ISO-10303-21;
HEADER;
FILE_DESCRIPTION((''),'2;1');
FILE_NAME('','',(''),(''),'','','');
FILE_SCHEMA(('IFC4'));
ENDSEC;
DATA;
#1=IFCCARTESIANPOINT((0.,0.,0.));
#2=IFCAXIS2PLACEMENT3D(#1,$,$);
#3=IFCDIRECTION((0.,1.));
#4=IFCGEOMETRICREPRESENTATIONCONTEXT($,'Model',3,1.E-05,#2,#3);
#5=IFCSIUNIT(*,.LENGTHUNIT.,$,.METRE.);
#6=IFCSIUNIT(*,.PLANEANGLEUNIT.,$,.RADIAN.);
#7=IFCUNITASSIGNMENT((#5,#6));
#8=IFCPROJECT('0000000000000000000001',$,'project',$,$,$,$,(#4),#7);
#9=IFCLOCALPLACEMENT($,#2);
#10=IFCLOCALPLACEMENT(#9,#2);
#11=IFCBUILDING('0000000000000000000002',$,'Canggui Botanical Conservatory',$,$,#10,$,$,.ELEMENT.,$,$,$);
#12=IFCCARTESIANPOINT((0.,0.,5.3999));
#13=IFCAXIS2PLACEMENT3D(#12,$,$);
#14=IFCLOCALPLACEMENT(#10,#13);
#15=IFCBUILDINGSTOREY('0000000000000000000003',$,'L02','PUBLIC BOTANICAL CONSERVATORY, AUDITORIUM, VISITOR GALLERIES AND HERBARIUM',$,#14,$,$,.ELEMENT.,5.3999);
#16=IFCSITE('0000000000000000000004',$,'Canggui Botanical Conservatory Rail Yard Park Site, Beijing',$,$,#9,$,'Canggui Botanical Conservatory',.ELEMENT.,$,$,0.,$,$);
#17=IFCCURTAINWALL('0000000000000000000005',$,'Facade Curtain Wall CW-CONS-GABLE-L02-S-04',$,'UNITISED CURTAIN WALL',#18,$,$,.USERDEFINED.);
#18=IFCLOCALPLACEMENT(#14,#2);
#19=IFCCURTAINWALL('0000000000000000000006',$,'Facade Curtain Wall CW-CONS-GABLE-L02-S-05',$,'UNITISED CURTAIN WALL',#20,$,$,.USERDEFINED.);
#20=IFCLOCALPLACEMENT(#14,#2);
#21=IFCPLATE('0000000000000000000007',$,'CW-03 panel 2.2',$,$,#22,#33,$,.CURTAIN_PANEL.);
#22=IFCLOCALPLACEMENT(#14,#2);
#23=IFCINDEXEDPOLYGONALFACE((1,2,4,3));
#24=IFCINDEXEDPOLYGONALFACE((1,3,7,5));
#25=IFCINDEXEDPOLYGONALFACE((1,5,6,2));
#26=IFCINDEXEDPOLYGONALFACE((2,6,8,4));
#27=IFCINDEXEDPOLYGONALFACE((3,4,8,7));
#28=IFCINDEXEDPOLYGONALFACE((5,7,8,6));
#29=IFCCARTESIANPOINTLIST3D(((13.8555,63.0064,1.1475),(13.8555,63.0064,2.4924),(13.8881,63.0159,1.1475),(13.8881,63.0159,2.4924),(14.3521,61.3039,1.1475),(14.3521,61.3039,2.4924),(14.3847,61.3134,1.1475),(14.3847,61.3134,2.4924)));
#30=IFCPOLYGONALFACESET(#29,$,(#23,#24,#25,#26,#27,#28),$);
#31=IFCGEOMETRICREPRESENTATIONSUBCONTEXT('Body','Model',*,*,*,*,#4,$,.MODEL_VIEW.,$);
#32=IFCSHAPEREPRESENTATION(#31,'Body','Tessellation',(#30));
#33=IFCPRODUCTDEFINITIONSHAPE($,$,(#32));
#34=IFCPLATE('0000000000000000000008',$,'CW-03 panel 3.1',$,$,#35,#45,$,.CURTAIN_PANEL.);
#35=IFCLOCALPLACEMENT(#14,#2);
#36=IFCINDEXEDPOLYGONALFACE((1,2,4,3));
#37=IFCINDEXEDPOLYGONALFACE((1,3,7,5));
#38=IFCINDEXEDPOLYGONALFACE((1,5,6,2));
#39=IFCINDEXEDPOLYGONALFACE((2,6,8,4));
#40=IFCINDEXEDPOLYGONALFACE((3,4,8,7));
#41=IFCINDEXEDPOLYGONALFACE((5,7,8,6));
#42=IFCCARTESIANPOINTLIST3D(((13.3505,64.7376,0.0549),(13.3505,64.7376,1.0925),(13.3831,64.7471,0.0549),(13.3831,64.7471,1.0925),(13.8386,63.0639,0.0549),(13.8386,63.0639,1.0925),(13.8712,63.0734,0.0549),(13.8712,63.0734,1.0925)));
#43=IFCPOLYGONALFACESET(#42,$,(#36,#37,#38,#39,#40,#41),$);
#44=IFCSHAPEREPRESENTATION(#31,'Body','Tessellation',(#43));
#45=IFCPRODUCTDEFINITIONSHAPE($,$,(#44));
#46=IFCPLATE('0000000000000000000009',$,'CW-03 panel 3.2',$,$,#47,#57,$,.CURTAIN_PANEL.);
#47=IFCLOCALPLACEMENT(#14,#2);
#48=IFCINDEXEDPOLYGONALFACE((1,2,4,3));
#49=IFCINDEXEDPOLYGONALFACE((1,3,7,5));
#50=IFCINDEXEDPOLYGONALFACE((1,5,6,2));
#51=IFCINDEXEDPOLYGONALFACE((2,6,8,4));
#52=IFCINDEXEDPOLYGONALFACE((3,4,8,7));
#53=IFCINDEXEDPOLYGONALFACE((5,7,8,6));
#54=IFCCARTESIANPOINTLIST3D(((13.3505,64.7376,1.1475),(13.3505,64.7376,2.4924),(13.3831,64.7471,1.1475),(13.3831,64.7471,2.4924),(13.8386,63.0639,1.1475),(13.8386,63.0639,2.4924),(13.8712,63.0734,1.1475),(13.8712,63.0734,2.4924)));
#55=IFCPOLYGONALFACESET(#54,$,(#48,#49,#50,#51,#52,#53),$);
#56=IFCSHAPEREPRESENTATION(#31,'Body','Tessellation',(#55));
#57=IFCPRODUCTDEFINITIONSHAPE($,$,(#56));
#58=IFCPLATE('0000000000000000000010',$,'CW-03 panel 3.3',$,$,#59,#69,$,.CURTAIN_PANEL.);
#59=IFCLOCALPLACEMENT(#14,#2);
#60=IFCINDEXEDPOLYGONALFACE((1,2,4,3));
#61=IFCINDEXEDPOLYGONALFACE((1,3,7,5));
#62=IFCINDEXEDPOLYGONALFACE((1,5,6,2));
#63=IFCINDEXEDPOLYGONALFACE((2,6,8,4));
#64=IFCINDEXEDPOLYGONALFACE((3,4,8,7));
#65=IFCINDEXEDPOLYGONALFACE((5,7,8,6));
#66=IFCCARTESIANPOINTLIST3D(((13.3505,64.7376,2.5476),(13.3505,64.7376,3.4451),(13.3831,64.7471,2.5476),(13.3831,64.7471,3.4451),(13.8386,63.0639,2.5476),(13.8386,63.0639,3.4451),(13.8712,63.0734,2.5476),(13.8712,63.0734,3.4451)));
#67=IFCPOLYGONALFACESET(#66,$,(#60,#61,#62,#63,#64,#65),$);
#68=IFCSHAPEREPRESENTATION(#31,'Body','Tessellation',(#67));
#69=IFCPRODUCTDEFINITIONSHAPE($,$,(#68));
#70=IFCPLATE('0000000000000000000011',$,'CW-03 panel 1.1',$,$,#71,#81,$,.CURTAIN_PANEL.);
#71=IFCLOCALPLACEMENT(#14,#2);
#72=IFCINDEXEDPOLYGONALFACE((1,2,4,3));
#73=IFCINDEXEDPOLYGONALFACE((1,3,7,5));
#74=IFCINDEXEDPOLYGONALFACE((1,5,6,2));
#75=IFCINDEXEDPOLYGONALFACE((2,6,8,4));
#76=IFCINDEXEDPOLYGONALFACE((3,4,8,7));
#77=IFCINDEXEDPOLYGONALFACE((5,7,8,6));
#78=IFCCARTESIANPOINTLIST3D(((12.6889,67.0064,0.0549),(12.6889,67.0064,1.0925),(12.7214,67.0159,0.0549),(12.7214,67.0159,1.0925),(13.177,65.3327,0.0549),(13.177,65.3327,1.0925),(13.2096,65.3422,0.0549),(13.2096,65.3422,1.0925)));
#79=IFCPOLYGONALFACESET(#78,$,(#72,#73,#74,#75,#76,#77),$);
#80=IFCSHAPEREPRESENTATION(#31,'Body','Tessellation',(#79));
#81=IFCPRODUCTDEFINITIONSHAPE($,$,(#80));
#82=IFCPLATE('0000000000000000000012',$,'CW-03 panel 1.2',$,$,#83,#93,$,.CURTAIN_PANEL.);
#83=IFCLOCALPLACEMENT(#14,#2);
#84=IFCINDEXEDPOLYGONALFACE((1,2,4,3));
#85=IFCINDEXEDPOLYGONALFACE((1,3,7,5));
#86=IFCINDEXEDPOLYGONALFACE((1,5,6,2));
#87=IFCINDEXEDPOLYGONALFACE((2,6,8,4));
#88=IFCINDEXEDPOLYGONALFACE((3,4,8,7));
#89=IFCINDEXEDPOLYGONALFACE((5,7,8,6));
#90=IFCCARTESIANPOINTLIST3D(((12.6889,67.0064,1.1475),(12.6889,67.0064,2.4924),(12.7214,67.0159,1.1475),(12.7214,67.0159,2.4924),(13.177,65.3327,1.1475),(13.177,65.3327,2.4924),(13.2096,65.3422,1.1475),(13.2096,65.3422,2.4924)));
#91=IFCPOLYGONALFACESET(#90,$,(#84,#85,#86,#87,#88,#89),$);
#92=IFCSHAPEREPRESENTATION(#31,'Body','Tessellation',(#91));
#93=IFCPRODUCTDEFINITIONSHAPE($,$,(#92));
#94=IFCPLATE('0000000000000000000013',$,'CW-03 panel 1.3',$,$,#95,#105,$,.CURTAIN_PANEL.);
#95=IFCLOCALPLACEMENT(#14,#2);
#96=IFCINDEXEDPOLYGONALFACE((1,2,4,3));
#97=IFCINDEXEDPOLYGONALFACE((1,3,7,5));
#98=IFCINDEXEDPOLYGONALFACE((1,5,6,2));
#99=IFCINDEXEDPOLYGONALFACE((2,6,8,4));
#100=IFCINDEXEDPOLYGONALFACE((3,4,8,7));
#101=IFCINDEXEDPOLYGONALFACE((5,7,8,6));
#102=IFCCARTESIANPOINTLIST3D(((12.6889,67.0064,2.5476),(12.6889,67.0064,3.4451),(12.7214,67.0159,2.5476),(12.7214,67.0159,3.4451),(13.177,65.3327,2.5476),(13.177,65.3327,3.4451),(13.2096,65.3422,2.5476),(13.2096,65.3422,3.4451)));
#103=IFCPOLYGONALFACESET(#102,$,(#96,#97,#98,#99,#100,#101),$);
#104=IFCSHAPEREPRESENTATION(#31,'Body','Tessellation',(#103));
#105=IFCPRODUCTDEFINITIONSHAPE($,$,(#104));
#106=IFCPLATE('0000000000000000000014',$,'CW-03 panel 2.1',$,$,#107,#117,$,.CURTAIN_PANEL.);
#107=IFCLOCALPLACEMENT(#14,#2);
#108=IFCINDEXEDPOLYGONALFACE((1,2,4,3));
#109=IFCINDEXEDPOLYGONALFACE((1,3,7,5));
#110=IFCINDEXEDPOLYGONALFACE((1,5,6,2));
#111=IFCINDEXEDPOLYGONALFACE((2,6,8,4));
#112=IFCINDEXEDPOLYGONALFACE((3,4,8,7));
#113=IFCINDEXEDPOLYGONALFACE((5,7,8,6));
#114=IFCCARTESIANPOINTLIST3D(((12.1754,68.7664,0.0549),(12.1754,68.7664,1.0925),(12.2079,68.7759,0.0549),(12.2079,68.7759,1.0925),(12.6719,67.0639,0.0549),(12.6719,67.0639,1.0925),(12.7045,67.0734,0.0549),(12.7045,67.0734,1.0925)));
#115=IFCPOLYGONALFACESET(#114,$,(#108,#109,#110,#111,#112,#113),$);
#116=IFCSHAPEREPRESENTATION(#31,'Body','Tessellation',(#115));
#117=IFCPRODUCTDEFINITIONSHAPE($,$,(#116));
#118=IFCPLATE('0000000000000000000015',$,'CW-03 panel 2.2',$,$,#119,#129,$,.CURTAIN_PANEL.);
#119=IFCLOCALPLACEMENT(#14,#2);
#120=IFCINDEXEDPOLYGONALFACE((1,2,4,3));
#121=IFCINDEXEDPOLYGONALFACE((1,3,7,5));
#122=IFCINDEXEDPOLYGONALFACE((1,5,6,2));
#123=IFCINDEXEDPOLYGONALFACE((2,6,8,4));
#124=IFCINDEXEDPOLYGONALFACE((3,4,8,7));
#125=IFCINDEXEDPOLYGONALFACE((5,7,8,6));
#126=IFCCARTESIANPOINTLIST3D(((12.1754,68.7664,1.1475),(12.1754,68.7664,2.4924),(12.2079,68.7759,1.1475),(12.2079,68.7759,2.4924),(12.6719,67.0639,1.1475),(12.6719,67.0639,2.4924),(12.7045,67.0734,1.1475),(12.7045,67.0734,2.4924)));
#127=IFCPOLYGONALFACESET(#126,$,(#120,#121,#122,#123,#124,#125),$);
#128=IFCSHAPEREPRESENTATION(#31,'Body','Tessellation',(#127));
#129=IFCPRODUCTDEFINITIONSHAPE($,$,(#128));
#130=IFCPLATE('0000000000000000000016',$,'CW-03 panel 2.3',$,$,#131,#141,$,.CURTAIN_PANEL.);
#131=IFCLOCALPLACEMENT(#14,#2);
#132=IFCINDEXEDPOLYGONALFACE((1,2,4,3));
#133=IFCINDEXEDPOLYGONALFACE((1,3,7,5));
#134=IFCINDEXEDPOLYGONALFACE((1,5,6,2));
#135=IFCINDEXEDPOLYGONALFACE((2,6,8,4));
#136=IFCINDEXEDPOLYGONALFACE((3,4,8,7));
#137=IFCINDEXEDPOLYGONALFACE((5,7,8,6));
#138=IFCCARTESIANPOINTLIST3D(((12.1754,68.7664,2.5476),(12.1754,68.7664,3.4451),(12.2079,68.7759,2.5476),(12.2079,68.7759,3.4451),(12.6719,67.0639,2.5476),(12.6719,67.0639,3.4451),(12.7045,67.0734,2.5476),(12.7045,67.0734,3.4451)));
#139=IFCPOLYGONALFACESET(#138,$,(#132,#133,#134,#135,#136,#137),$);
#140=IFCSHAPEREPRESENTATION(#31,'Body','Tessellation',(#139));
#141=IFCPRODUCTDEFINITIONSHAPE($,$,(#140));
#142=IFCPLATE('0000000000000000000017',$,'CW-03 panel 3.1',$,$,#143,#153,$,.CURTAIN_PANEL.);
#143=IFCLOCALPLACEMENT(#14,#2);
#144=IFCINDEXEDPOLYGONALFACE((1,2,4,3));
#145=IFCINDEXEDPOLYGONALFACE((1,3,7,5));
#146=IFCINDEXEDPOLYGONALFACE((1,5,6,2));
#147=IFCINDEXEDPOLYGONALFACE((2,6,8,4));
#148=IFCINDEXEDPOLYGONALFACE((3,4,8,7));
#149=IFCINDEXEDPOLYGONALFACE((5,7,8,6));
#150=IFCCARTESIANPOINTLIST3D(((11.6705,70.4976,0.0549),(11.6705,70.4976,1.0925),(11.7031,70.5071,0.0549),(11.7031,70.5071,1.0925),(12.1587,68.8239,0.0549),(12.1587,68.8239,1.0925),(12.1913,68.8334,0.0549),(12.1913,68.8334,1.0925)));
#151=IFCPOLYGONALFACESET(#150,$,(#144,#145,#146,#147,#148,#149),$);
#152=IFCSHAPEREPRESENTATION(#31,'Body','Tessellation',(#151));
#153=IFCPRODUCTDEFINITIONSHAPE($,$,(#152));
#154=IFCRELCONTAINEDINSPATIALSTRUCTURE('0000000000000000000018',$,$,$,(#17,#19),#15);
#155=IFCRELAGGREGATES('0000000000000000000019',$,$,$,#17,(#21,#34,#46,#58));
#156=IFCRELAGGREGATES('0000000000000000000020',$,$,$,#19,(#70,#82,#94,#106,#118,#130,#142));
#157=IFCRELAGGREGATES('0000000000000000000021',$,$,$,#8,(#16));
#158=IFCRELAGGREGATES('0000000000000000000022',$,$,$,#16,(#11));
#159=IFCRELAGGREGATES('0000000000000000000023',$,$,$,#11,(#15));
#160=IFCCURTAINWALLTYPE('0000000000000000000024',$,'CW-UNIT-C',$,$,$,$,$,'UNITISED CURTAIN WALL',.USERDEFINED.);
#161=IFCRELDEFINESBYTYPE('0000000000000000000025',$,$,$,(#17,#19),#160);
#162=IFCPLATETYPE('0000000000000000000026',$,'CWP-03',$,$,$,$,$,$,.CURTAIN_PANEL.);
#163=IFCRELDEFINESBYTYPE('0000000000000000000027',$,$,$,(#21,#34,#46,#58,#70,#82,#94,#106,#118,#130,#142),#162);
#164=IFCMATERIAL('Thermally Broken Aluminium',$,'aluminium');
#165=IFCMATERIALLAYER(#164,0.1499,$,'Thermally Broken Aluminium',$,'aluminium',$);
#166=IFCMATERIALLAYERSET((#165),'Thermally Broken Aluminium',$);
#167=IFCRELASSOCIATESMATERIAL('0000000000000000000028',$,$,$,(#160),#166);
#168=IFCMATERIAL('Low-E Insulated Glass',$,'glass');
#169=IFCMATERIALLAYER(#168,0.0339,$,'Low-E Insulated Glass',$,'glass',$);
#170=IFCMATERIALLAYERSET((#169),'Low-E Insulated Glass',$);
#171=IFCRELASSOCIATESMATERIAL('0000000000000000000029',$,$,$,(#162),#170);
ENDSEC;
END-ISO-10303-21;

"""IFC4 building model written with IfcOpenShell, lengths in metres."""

from ifc_helpers import new_model, si_unit, direction, frame, origin, origin_2d, place, context, subcontext, project, spatial, rectangle, extrude, material, layer, layer_set, type_object, element, aggregate, save


model = new_model("IFC4")

# Units and contexts
model_context = context("Model", 3, precision=1e-05, world=origin(), true_north=direction((0.0, 1.0)))
body_context = subcontext(model_context, "Body", "Model", "MODEL_VIEW")
ifc_project = project(units=[si_unit("LENGTHUNIT", "METRE"), si_unit("PLANEANGLEUNIT", "RADIAN")], contexts=[model_context])

# Site, building, storey
site_placement = place(None, origin())
site = spatial("IfcSite", under=ifc_project, at=site_placement, Name="Canggui Botanical Conservatory Rail Yard Park Site, Beijing", LongName="Canggui Botanical Conservatory", CompositionType="ELEMENT", RefElevation=0.0)
building_placement = place(site_placement, origin())
building = spatial("IfcBuilding", under=site, at=building_placement, Name="Canggui Botanical Conservatory", CompositionType="ELEMENT")
storey_placement = place(building_placement, frame((0.0, 0.0, 5.3999)))
storey = spatial("IfcBuildingStorey", under=building, at=storey_placement, Name="L02", Description="PUBLIC BOTANICAL CONSERVATORY, AUDITORIUM, VISITOR GALLERIES AND HERBARIUM", CompositionType="ELEMENT", Elevation=5.3999)

# Curtain walls
ifc_material_1 = material(Name="Thermally Broken Aluminium", Category="aluminium")
ifc_layer_1 = layer(ifc_material_1, 0.1499, Name="Thermally Broken Aluminium", Category="aluminium")
ifc_layer_set_1 = layer_set([ifc_layer_1], Name="Thermally Broken Aluminium")
curtain_wall_type = type_object("IfcCurtainWallType", Name="CW-UNIT-C", ElementType="UNITISED CURTAIN WALL", PredefinedType="USERDEFINED", material=ifc_layer_set_1)
curtain_wall_1_placement = place(storey_placement, origin())
curtain_wall_1 = element("IfcCurtainWall", 1, at=curtain_wall_1_placement, inside=storey, type_object=curtain_wall_type, Name="Facade Curtain Wall CW-CONS-GABLE-L02-S-04", ObjectType="UNITISED CURTAIN WALL", PredefinedType="USERDEFINED")
curtain_wall_2_placement = place(storey_placement, origin())
curtain_wall_2 = element("IfcCurtainWall", 2, at=curtain_wall_2_placement, inside=storey, type_object=curtain_wall_type, Name="Facade Curtain Wall CW-CONS-GABLE-L02-S-05", ObjectType="UNITISED CURTAIN WALL", PredefinedType="USERDEFINED")

# Plates
ifc_material_2 = material(Name="Low-E Insulated Glass", Category="glass")
ifc_layer_2 = layer(ifc_material_2, 0.0339, Name="Low-E Insulated Glass", Category="glass")
ifc_layer_set_2 = layer_set([ifc_layer_2], Name="Low-E Insulated Glass")
plate_type = type_object("IfcPlateType", Name="CWP-03", PredefinedType="CURTAIN_PANEL", material=ifc_layer_set_2)
plate_1_placement = place(storey_placement, frame((14.1201, 62.1599, 1.1475), z_axis=(0.0, 0.0, 1.0), x_axis=(-0.28, 0.96, 0.0)))
plate_1 = element("IfcPlate", 3, at=plate_1_placement, type_object=plate_type, Name="CW-03 panel 2.2", PredefinedType="CURTAIN_PANEL", context=body_context, shape_type="SweptSolid", body=[
    extrude(rectangle(XDim=1.7734, YDim=0.0339, at=origin_2d()), origin(), (0.0, 0.0, 1.0), 1.345),
])
plate_2_placement = place(storey_placement, frame((13.6108, 63.9055, 0.0549), z_axis=(0.0, 0.0, 1.0), x_axis=(-0.28, 0.96, 0.0)))
plate_2 = element("IfcPlate", 4, at=plate_2_placement, type_object=plate_type, Name="CW-03 panel 3.1", PredefinedType="CURTAIN_PANEL", context=body_context, shape_type="SweptSolid", body=[
    extrude(rectangle(XDim=1.7434, YDim=0.0339, at=origin_2d()), origin(), (0.0, 0.0, 1.0), 1.0376),
])
plate_3_placement = place(storey_placement, frame((13.6108, 63.9055, 1.1475), z_axis=(0.0, 0.0, 1.0), x_axis=(-0.28, 0.96, 0.0)))
plate_3 = element("IfcPlate", 5, at=plate_3_placement, type_object=plate_type, Name="CW-03 panel 3.2", PredefinedType="CURTAIN_PANEL", context=body_context, shape_type="SweptSolid", body=[
    extrude(rectangle(XDim=1.7434, YDim=0.0339, at=origin_2d()), origin(), (0.0, 0.0, 1.0), 1.345),
])
plate_4_placement = place(storey_placement, frame((13.6108, 63.9055, 2.5476), z_axis=(0.0, 0.0, 1.0), x_axis=(-0.28, 0.96, 0.0)))
plate_4 = element("IfcPlate", 6, at=plate_4_placement, type_object=plate_type, Name="CW-03 panel 3.3", PredefinedType="CURTAIN_PANEL", context=body_context, shape_type="SweptSolid", body=[
    extrude(rectangle(XDim=1.7434, YDim=0.0339, at=origin_2d()), origin(), (0.0, 0.0, 1.0), 0.8975),
])
aggregate(curtain_wall_1, [plate_1, plate_2, plate_3, plate_4])
plate_5_placement = place(storey_placement, frame((12.9492, 66.1743, 0.0549), z_axis=(0.0, 0.0, 1.0), x_axis=(-0.28, 0.96, 0.0)))
plate_5 = element("IfcPlate", 7, at=plate_5_placement, type_object=plate_type, Name="CW-03 panel 1.1", PredefinedType="CURTAIN_PANEL", context=body_context, shape_type="SweptSolid", body=[
    extrude(rectangle(XDim=1.7434, YDim=0.0339, at=origin_2d()), origin(), (0.0, 0.0, 1.0), 1.0376),
])
plate_6_placement = place(storey_placement, frame((12.9492, 66.1743, 1.1475), z_axis=(0.0, 0.0, 1.0), x_axis=(-0.28, 0.96, 0.0)))
plate_6 = element("IfcPlate", 8, at=plate_6_placement, type_object=plate_type, Name="CW-03 panel 1.2", PredefinedType="CURTAIN_PANEL", context=body_context, shape_type="SweptSolid", body=[
    extrude(rectangle(XDim=1.7434, YDim=0.0339, at=origin_2d()), origin(), (0.0, 0.0, 1.0), 1.345),
])
plate_7_placement = place(storey_placement, frame((12.9492, 66.1743, 2.5476), z_axis=(0.0, 0.0, 1.0), x_axis=(-0.28, 0.96, 0.0)))
plate_7 = element("IfcPlate", 9, at=plate_7_placement, type_object=plate_type, Name="CW-03 panel 1.3", PredefinedType="CURTAIN_PANEL", context=body_context, shape_type="SweptSolid", body=[
    extrude(rectangle(XDim=1.7434, YDim=0.0339, at=origin_2d()), origin(), (0.0, 0.0, 1.0), 0.8975),
])
plate_8_placement = place(storey_placement, frame((12.4399, 67.9199, 0.0549), z_axis=(0.0, 0.0, 1.0), x_axis=(-0.28, 0.96, 0.0)))
plate_8 = element("IfcPlate", 10, at=plate_8_placement, type_object=plate_type, Name="CW-03 panel 2.1", PredefinedType="CURTAIN_PANEL", context=body_context, shape_type="SweptSolid", body=[
    extrude(rectangle(XDim=1.7734, YDim=0.0339, at=origin_2d()), origin(), (0.0, 0.0, 1.0), 1.0376),
])
plate_9_placement = place(storey_placement, frame((12.4399, 67.9199, 1.1475), z_axis=(0.0, 0.0, 1.0), x_axis=(-0.28, 0.96, 0.0)))
plate_9 = element("IfcPlate", 11, at=plate_9_placement, type_object=plate_type, Name="CW-03 panel 2.2", PredefinedType="CURTAIN_PANEL", context=body_context, shape_type="SweptSolid", body=[
    extrude(rectangle(XDim=1.7734, YDim=0.0339, at=origin_2d()), origin(), (0.0, 0.0, 1.0), 1.345),
])
plate_10_placement = place(storey_placement, frame((12.4399, 67.9199, 2.5476), z_axis=(0.0, 0.0, 1.0), x_axis=(-0.28, 0.96, 0.0)))
plate_10 = element("IfcPlate", 12, at=plate_10_placement, type_object=plate_type, Name="CW-03 panel 2.3", PredefinedType="CURTAIN_PANEL", context=body_context, shape_type="SweptSolid", body=[
    extrude(rectangle(XDim=1.7734, YDim=0.0339, at=origin_2d()), origin(), (0.0, 0.0, 1.0), 0.8975),
])
plate_11_placement = place(storey_placement, frame((11.9309, 69.6655, 0.0549), z_axis=(0.0, 0.0, 1.0), x_axis=(-0.28, 0.96, 0.0)))
plate_11 = element("IfcPlate", 13, at=plate_11_placement, type_object=plate_type, Name="CW-03 panel 3.1", PredefinedType="CURTAIN_PANEL", context=body_context, shape_type="SweptSolid", body=[
    extrude(rectangle(XDim=1.7434, YDim=0.0339, at=origin_2d()), origin(), (0.0, 0.0, 1.0), 1.0376),
])
aggregate(curtain_wall_2, [plate_5, plate_6, plate_7, plate_8, plate_9, plate_10, plate_11])

save(model, "model.ifc")
